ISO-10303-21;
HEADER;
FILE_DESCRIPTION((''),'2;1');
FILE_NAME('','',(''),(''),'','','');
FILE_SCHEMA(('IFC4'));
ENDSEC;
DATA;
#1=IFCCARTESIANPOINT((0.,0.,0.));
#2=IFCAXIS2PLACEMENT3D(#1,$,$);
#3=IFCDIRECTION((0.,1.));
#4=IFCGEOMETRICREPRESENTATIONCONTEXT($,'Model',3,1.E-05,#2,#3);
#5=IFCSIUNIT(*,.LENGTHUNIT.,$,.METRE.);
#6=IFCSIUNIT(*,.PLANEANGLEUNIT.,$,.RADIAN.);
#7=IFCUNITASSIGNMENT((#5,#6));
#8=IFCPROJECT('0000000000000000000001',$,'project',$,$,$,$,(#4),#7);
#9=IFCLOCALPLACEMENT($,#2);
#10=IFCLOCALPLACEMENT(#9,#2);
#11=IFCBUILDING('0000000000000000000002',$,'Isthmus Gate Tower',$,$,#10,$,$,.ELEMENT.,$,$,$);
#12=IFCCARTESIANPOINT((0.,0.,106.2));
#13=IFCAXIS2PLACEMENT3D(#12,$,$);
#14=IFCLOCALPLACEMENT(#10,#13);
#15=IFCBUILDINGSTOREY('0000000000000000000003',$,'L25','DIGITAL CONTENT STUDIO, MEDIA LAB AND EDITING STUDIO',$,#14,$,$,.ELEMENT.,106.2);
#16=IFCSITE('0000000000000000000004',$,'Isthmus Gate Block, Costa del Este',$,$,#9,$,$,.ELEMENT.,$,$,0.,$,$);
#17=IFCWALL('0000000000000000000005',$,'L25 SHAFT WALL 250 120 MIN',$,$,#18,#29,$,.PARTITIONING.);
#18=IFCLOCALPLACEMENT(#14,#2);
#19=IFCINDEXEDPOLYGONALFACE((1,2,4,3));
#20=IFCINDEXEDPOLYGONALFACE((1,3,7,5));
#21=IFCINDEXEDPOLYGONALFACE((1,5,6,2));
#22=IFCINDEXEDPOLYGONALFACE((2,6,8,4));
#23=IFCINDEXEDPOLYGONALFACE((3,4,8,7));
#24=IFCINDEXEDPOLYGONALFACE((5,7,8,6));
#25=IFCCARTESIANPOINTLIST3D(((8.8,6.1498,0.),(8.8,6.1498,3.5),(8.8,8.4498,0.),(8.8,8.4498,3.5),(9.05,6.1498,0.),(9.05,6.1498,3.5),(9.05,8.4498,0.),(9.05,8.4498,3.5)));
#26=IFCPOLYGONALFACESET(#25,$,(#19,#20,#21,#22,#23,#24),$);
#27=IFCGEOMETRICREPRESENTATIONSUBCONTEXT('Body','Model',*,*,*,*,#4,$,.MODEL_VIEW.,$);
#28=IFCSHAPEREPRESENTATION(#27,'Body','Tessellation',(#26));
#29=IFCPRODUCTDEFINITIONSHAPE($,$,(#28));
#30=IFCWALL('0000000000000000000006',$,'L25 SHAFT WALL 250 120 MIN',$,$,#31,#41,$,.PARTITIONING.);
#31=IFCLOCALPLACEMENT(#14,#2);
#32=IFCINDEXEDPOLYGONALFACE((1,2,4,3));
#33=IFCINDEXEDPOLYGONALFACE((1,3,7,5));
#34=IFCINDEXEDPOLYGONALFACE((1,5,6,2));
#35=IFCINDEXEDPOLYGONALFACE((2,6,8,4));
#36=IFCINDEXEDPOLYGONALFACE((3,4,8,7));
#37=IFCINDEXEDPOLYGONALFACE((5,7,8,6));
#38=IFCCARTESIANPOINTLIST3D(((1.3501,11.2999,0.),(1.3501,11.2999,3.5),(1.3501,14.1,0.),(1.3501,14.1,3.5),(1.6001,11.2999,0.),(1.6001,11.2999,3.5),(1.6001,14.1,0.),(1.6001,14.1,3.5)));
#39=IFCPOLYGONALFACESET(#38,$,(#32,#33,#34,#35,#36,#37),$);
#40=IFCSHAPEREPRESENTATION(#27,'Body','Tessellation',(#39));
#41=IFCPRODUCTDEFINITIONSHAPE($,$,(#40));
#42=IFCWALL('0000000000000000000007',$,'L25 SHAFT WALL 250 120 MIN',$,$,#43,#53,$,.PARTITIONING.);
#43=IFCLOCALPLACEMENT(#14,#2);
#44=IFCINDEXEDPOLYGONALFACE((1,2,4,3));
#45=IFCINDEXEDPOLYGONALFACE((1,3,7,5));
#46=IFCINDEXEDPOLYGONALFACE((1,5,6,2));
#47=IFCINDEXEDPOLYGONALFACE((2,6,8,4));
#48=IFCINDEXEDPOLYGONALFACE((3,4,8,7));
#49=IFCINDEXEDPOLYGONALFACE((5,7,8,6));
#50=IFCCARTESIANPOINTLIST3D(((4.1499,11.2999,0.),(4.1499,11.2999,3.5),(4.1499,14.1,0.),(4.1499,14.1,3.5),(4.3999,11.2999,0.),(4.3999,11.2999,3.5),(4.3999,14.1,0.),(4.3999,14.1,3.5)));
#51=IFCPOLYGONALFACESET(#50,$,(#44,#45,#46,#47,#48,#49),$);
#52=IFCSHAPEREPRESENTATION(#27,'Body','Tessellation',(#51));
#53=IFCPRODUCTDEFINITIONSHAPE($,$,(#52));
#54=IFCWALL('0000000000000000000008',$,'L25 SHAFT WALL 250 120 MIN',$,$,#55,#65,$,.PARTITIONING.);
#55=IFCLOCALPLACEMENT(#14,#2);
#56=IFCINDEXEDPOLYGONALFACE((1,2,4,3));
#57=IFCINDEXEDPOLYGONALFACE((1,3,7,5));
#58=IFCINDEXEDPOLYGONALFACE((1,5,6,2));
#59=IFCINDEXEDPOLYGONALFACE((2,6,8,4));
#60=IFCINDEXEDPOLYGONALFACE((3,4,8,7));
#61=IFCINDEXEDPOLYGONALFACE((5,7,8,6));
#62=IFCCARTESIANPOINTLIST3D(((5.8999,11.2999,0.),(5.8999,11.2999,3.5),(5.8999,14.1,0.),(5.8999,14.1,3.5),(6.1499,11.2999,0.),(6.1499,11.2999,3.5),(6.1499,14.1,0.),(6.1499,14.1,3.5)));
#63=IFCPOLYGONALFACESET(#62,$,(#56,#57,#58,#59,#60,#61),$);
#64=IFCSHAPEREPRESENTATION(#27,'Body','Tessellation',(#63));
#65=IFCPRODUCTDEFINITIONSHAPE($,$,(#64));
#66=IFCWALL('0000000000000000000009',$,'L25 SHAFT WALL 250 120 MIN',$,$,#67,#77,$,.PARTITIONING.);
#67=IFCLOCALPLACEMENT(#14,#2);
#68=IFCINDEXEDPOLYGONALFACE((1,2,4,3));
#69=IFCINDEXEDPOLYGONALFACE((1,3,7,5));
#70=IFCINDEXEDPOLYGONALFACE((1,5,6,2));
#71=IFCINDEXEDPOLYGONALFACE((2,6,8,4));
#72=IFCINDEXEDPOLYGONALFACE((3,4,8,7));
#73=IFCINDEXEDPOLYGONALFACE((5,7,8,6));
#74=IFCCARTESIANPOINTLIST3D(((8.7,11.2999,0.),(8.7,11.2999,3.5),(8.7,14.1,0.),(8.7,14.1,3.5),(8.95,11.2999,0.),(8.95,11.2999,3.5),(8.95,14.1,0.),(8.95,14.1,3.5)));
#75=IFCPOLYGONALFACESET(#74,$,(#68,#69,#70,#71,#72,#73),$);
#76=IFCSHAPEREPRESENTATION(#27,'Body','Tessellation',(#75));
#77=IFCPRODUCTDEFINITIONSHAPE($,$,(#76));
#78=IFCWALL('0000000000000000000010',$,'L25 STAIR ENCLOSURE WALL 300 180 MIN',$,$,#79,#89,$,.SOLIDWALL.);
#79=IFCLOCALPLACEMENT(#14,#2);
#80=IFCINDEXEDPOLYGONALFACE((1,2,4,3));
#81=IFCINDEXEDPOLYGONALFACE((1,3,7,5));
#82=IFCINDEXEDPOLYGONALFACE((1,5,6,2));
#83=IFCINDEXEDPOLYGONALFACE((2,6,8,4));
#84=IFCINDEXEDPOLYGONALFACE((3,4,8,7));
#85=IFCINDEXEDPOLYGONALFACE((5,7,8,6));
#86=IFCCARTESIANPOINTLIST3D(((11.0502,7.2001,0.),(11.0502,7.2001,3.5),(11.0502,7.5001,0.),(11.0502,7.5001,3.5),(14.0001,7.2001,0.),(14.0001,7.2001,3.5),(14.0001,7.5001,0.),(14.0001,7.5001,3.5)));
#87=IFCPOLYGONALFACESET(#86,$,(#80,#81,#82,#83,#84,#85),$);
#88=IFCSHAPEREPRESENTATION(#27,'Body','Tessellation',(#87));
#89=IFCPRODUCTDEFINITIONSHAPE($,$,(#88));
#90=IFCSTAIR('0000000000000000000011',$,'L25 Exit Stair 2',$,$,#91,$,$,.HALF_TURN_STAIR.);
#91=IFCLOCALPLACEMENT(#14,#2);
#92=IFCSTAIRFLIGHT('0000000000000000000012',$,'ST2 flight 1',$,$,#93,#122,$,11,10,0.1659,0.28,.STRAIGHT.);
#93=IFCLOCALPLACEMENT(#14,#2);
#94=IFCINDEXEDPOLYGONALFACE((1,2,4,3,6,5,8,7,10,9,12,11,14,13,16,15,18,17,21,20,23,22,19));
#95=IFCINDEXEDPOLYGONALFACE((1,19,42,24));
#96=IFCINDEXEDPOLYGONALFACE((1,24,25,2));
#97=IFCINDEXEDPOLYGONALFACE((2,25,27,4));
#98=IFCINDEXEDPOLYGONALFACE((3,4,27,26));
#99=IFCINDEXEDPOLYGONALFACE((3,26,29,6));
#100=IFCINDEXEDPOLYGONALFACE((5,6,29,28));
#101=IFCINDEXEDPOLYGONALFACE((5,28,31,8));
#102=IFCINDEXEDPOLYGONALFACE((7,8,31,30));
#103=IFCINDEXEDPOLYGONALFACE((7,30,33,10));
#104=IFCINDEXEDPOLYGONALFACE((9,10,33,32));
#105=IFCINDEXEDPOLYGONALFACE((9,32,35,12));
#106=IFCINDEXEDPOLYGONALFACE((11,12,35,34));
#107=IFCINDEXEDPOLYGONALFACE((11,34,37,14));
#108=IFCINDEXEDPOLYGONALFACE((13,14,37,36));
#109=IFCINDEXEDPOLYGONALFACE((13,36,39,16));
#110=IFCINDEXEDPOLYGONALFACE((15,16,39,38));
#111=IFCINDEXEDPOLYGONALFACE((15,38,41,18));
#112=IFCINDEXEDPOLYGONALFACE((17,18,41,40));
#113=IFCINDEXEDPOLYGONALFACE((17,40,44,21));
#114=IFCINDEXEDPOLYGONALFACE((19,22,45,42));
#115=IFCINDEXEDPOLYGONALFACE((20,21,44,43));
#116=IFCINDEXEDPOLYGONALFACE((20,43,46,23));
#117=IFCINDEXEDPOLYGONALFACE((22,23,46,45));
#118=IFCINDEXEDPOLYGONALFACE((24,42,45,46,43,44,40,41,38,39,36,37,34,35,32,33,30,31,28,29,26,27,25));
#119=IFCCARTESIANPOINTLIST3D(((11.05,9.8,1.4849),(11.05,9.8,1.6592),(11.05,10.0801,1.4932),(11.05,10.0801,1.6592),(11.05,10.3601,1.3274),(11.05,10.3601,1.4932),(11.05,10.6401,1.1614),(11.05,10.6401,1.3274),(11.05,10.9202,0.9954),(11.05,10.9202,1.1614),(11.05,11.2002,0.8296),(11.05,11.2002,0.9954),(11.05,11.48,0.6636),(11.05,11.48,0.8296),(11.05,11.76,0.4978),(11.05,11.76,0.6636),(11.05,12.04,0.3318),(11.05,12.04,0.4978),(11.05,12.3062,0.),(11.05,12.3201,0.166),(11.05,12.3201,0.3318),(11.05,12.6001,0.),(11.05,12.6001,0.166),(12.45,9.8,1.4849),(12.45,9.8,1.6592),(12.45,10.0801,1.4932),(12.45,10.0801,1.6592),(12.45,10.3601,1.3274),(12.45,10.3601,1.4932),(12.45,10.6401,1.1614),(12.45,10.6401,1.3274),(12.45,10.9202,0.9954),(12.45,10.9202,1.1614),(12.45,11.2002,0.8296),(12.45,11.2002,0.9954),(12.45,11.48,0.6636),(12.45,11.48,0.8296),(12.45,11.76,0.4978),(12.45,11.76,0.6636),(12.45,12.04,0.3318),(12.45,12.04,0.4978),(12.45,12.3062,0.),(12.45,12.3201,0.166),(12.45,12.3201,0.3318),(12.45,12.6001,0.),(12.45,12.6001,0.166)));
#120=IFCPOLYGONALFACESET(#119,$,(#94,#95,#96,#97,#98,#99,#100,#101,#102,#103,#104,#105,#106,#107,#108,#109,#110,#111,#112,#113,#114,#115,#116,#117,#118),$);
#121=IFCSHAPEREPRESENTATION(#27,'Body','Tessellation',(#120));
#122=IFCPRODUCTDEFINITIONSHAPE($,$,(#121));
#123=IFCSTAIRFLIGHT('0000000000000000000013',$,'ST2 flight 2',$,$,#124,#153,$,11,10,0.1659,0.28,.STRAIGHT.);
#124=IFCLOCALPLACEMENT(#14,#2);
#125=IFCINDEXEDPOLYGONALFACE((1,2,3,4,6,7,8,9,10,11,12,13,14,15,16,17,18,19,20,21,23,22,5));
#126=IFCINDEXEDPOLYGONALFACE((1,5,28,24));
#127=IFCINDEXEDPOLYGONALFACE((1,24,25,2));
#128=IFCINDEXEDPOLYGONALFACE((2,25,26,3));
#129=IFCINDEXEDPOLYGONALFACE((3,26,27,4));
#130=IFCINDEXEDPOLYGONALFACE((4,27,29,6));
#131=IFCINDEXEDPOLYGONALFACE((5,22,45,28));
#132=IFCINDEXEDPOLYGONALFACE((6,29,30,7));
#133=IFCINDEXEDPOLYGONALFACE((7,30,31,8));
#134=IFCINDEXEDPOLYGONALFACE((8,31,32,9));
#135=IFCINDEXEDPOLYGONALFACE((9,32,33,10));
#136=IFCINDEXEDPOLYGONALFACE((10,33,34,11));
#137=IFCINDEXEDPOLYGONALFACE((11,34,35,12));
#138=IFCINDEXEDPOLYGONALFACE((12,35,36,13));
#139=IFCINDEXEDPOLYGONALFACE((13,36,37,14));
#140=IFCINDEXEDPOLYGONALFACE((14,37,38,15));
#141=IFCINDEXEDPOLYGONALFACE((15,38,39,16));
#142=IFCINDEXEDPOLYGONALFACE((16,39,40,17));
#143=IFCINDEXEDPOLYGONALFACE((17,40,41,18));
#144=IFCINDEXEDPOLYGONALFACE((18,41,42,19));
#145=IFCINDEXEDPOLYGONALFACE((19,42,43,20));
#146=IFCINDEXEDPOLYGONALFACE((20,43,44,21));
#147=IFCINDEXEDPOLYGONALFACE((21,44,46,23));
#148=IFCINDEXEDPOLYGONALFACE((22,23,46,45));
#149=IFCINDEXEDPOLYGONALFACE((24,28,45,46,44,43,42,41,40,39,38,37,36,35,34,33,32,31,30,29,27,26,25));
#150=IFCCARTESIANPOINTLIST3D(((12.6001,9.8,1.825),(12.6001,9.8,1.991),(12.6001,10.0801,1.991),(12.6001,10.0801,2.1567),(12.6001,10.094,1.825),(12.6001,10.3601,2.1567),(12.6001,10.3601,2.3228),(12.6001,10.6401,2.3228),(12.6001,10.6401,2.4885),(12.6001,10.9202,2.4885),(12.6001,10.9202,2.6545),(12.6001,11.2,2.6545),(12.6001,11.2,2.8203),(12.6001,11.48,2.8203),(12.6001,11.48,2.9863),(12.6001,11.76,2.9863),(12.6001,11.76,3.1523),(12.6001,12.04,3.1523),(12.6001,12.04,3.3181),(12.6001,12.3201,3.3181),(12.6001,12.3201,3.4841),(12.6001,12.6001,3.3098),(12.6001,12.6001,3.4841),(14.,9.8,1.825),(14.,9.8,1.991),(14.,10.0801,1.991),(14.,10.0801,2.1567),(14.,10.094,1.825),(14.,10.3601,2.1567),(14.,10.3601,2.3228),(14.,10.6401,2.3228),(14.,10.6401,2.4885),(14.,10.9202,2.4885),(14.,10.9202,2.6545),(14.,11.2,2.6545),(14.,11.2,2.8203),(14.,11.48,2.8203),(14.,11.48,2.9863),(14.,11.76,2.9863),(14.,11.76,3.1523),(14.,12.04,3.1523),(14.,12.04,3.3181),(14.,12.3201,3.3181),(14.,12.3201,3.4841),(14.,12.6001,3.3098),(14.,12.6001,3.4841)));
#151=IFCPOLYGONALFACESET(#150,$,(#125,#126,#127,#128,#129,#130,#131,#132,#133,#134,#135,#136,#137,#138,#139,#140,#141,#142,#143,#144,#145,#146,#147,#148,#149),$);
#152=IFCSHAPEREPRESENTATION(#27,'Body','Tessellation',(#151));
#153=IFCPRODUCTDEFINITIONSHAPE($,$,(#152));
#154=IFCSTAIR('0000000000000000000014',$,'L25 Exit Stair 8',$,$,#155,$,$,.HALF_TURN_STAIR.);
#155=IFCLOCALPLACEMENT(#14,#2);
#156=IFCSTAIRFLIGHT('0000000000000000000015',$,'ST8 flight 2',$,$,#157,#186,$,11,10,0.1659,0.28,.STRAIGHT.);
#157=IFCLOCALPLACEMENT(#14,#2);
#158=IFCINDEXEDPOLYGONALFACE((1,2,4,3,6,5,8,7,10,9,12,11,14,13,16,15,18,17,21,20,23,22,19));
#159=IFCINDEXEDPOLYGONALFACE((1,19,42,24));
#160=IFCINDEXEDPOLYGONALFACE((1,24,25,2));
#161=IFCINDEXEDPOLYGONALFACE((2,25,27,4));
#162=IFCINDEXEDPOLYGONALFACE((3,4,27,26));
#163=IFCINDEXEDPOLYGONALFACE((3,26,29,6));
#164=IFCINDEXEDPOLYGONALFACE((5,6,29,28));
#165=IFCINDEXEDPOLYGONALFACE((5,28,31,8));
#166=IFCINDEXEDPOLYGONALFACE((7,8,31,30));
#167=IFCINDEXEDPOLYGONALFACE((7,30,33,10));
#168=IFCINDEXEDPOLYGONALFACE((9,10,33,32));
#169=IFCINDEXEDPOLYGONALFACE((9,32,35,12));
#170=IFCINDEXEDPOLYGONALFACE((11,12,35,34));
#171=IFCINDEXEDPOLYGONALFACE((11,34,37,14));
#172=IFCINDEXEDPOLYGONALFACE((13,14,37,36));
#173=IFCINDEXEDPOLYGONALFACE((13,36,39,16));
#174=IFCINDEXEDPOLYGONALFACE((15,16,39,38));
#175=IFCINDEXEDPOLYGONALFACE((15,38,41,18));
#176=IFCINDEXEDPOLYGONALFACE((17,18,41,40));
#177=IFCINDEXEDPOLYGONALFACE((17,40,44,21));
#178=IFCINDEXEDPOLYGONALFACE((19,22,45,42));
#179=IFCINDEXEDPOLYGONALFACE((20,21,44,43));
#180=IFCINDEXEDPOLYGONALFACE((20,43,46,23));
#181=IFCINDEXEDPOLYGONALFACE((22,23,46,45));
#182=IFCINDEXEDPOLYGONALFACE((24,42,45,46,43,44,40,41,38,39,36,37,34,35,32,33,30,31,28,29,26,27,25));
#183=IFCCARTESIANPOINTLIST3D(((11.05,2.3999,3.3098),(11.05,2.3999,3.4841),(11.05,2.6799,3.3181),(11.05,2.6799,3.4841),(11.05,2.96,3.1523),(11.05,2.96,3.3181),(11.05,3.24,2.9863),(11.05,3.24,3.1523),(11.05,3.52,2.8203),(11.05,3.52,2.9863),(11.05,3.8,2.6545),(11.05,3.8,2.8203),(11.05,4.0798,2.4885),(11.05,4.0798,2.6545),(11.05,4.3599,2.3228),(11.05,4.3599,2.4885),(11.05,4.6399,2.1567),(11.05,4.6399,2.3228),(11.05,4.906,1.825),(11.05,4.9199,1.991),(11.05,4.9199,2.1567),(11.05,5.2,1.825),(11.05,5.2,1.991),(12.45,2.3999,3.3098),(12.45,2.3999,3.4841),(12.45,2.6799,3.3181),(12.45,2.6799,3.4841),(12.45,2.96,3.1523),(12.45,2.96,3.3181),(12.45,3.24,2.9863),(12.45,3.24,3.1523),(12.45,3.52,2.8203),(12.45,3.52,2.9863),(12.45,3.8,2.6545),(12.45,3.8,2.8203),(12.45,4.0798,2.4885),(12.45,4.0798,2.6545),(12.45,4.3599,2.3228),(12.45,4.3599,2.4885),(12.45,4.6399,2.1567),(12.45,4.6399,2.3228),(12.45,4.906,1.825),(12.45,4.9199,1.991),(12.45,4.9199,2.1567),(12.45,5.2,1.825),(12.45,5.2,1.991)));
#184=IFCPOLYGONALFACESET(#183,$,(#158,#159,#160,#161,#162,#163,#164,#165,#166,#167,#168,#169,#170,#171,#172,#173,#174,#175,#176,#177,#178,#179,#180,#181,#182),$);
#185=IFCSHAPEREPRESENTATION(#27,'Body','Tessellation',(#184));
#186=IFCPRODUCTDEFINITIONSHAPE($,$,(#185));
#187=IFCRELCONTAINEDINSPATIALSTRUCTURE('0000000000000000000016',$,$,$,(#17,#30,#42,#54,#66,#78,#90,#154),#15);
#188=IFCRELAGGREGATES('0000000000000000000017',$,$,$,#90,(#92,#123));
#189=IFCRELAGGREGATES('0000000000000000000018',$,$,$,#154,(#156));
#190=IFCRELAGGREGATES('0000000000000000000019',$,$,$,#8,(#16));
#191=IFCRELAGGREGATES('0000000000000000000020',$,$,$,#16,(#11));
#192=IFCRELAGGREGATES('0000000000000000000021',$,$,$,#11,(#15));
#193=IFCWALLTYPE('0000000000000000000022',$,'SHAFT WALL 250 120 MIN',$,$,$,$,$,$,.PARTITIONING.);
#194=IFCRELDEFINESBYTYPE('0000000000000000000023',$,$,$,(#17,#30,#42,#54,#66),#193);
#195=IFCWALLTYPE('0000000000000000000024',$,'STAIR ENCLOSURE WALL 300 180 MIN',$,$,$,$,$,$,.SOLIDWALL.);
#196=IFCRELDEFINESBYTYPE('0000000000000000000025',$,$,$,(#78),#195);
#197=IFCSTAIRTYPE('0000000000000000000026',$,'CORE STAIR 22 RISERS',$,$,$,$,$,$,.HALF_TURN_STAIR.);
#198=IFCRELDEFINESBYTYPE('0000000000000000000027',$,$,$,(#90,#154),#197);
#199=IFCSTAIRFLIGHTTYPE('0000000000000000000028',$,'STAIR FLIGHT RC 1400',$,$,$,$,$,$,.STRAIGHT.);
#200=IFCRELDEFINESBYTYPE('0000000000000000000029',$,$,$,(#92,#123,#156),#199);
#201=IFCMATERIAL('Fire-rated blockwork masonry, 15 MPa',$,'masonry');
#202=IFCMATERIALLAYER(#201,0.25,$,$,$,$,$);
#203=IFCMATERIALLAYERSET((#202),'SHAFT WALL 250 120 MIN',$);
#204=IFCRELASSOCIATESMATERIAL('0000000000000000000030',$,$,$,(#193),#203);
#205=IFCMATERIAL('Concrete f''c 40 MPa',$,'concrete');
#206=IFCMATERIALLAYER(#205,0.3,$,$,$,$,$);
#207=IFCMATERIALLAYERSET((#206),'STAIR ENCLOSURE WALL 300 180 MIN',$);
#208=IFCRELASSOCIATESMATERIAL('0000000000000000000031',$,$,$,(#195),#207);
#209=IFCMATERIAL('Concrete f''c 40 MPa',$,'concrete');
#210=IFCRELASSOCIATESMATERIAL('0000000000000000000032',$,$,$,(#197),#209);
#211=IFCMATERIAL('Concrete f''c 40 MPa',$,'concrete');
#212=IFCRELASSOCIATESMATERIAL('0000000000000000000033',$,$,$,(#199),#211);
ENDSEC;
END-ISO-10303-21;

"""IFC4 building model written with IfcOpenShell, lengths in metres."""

from ifc_helpers import new_model, si_unit, direction, frame, frame_2d, origin, place, context, subcontext, project, spatial, polyline, rectangle, outline, extrude, material, layer, layer_set, type_object, element, aggregate, save


model = new_model("IFC4")

# Units and contexts
model_context = context("Model", 3, precision=1e-05, world=origin(), true_north=direction((0.0, 1.0)))
body_context = subcontext(model_context, "Body", "Model", "MODEL_VIEW")
ifc_project = project(units=[si_unit("LENGTHUNIT", "METRE"), si_unit("PLANEANGLEUNIT", "RADIAN")], contexts=[model_context])

# Site, building, storey
site_placement = place(None, origin())
site = spatial("IfcSite", under=ifc_project, at=site_placement, Name="Isthmus Gate Block, Costa del Este", CompositionType="ELEMENT", RefElevation=0.0)
building_placement = place(site_placement, origin())
building = spatial("IfcBuilding", under=site, at=building_placement, Name="Isthmus Gate Tower", CompositionType="ELEMENT")
storey_placement = place(building_placement, frame((0.0, 0.0, 106.2)))
storey = spatial("IfcBuildingStorey", under=building, at=storey_placement, Name="L25", Description="DIGITAL CONTENT STUDIO, MEDIA LAB AND EDITING STUDIO", CompositionType="ELEMENT", Elevation=106.2)

# Walls
ifc_material_1 = material(Name="Fire-rated blockwork masonry, 15 MPa", Category="masonry")
ifc_layer_1 = layer(ifc_material_1, 0.25)
ifc_layer_set_1 = layer_set([ifc_layer_1], Name="SHAFT WALL 250 120 MIN")
wall_type_1 = type_object("IfcWallType", Name="SHAFT WALL 250 120 MIN", PredefinedType="PARTITIONING", material=ifc_layer_set_1)
wall_1_placement = place(storey_placement, frame((8.925, 6.1499, 0.0), z_axis=(0.0, 0.0, 1.0), x_axis=(0.0, 1.0, 0.0)))
element("IfcWall", 1, at=wall_1_placement, inside=storey, type_object=wall_type_1, Name="L25 SHAFT WALL 250 120 MIN", PredefinedType="PARTITIONING", context=body_context, shape_type="SweptSolid", body=[
    extrude(rectangle(XDim=2.3, YDim=0.25, at=frame_2d((1.1499, 0.0))), origin(), (0.0, 0.0, 1.0), 3.5),
])
for number, where, z_axis, x_axis, name in (
    (2, (1.4751, 11.3, 0.0), (0.0, 0.0, 1.0), (0.0, 1.0, 0.0), "L25 SHAFT WALL 250 120 MIN"),
    (3, (4.2749, 11.3, 0.0), (0.0, 0.0, 1.0), (0.0, 1.0, 0.0), "L25 SHAFT WALL 250 120 MIN"),
    (4, (6.0249, 11.3, 0.0), (0.0, 0.0, 1.0), (0.0, 1.0, 0.0), "L25 SHAFT WALL 250 120 MIN"),
    (5, (8.825, 11.3, 0.0), (0.0, 0.0, 1.0), (0.0, 1.0, 0.0), "L25 SHAFT WALL 250 120 MIN"),
):
    element("IfcWall", number, at=place(storey_placement, frame(where, z_axis=z_axis, x_axis=x_axis)), inside=storey, type_object=wall_type_1, Name=name, PredefinedType="PARTITIONING", context=body_context, shape_type="SweptSolid", body=[
        extrude(rectangle(XDim=2.8, YDim=0.25, at=frame_2d((1.3999, 0.0))), origin(), (0.0, 0.0, 1.0), 3.5),
    ])
ifc_material_2 = material(Name="Concrete f'c 40 MPa", Category="concrete")
ifc_layer_2 = layer(ifc_material_2, 0.3)
ifc_layer_set_2 = layer_set([ifc_layer_2], Name="STAIR ENCLOSURE WALL 300 180 MIN")
wall_type_2 = type_object("IfcWallType", Name="STAIR ENCLOSURE WALL 300 180 MIN", PredefinedType="SOLIDWALL", material=ifc_layer_set_2)
wall_2_placement = place(storey_placement, frame((11.05, 7.3501, 0.0), z_axis=(0.0, 0.0, 1.0), x_axis=(1.0, 0.0, 0.0)))
element("IfcWall", 6, at=wall_2_placement, inside=storey, type_object=wall_type_2, Name="L25 STAIR ENCLOSURE WALL 300 180 MIN", PredefinedType="SOLIDWALL", context=body_context, shape_type="SweptSolid", body=[
    extrude(rectangle(XDim=2.95, YDim=0.3, at=frame_2d((1.4751, 0.0))), origin(), (0.0, 0.0, 1.0), 3.5),
])

# Stair, stair flights
ifc_material_3 = material(Name="Concrete f'c 40 MPa", Category="concrete")
stair_type = type_object("IfcStairType", Name="CORE STAIR 22 RISERS", PredefinedType="HALF_TURN_STAIR", material=ifc_material_3)
stair_1_placement = place(storey_placement, origin())
stair_1 = element("IfcStair", 7, at=stair_1_placement, inside=storey, type_object=stair_type, Name="L25 Exit Stair 2", PredefinedType="HALF_TURN_STAIR")
ifc_material_4 = material(Name="Concrete f'c 40 MPa", Category="concrete")
stair_flight_type = type_object("IfcStairFlightType", Name="STAIR FLIGHT RC 1400", PredefinedType="STRAIGHT", material=ifc_material_4)
stair_flight_1_placement = place(storey_placement, frame((11.75, 12.6001, 0.0), z_axis=(0.0, 0.0, 1.0), x_axis=(0.0, -1.0, 0.0)))
stair_flight_1 = element("IfcStairFlight", 8, at=stair_flight_1_placement, type_object=stair_flight_type, Name="ST2 flight 1", NumberOfRisers=11, NumberOfTreads=10, PredefinedType="STRAIGHT", RiserHeight=0.1659, TreadLength=0.28, context=body_context, shape_type="SweptSolid", body=[
    extrude(outline(polyline([(0.0, 0.0), (0.0, 0.166), (0.28, 0.166), (0.28, 0.3318), (0.5601, 0.3318), (0.5601, 0.4978), (0.8401, 0.4978), (0.8401, 0.6636), (1.1201, 0.6636), (1.1201, 0.8296), (1.3999, 0.8296), (1.3999, 0.9954), (1.6799, 0.9954), (1.6799, 1.1614), (1.96, 1.1614), (1.96, 1.3274), (2.24, 1.3274), (2.24, 1.4932), (2.52, 1.4932), (2.52, 1.6592), (2.8, 1.6592), (2.8, 1.825), (2.8, 1.4849), (0.2939, 0.0), (0.0, 0.0)])), frame((0.0, 0.7, 0.0), z_axis=(0.0, -1.0, 0.0), x_axis=(1.0, 0.0, 0.0)), (0.0, 0.0, 1.0), 1.3999),
])
stair_flight_2_placement = place(storey_placement, frame((13.3, 9.8, 1.825), z_axis=(0.0, 0.0, 1.0), x_axis=(0.0, 1.0, 0.0)))
stair_flight_2 = element("IfcStairFlight", 9, at=stair_flight_2_placement, type_object=stair_flight_type, Name="ST2 flight 2", NumberOfRisers=11, NumberOfTreads=10, PredefinedType="STRAIGHT", RiserHeight=0.1659, TreadLength=0.28, context=body_context, shape_type="SweptSolid", body=[
    extrude(outline(polyline([(0.0, 0.0), (0.0, 0.166), (0.28, 0.166), (0.28, 0.3318), (0.5601, 0.3318), (0.5601, 0.4978), (0.8401, 0.4978), (0.8401, 0.6636), (1.1201, 0.6636), (1.1201, 0.8296), (1.3999, 0.8296), (1.3999, 0.9954), (1.6799, 0.9954), (1.6799, 1.1614), (1.96, 1.1614), (1.96, 1.3274), (2.24, 1.3274), (2.24, 1.4932), (2.52, 1.4932), (2.52, 1.6592), (2.8, 1.6592), (2.8, 1.825), (2.8, 1.4849), (0.2939, 0.0), (0.0, 0.0)])), frame((0.0, 0.7, 0.0), z_axis=(0.0, -1.0, 0.0), x_axis=(1.0, 0.0, 0.0)), (0.0, 0.0, 1.0), 1.3999),
])
aggregate(stair_1, [stair_flight_1, stair_flight_2])

# Stair, stair flight
stair_2_placement = place(storey_placement, origin())
stair_2 = element("IfcStair", 10, at=stair_2_placement, inside=storey, type_object=stair_type, Name="L25 Exit Stair 8", PredefinedType="HALF_TURN_STAIR")
stair_flight_3_placement = place(storey_placement, frame((11.75, 5.2, 1.825), z_axis=(0.0, 0.0, 1.0), x_axis=(0.0, -1.0, 0.0)))
stair_flight_3 = element("IfcStairFlight", 11, at=stair_flight_3_placement, type_object=stair_flight_type, Name="ST8 flight 2", NumberOfRisers=11, NumberOfTreads=10, PredefinedType="STRAIGHT", RiserHeight=0.1659, TreadLength=0.28, context=body_context, shape_type="SweptSolid", body=[
    extrude(outline(polyline([(0.0, 0.0), (0.0, 0.166), (0.28, 0.166), (0.28, 0.3318), (0.5601, 0.3318), (0.5601, 0.4978), (0.8401, 0.4978), (0.8401, 0.6636), (1.1201, 0.6636), (1.1201, 0.8296), (1.3999, 0.8296), (1.3999, 0.9954), (1.6799, 0.9954), (1.6799, 1.1614), (1.96, 1.1614), (1.96, 1.3274), (2.24, 1.3274), (2.24, 1.4932), (2.52, 1.4932), (2.52, 1.6592), (2.8, 1.6592), (2.8, 1.825), (2.8, 1.4849), (0.2939, 0.0), (0.0, 0.0)])), frame((0.0, 0.7, 0.0), z_axis=(0.0, -1.0, 0.0), x_axis=(1.0, 0.0, 0.0)), (0.0, 0.0, 1.0), 1.3999),
])
aggregate(stair_2, [stair_flight_3])

save(model, "model.ifc")
